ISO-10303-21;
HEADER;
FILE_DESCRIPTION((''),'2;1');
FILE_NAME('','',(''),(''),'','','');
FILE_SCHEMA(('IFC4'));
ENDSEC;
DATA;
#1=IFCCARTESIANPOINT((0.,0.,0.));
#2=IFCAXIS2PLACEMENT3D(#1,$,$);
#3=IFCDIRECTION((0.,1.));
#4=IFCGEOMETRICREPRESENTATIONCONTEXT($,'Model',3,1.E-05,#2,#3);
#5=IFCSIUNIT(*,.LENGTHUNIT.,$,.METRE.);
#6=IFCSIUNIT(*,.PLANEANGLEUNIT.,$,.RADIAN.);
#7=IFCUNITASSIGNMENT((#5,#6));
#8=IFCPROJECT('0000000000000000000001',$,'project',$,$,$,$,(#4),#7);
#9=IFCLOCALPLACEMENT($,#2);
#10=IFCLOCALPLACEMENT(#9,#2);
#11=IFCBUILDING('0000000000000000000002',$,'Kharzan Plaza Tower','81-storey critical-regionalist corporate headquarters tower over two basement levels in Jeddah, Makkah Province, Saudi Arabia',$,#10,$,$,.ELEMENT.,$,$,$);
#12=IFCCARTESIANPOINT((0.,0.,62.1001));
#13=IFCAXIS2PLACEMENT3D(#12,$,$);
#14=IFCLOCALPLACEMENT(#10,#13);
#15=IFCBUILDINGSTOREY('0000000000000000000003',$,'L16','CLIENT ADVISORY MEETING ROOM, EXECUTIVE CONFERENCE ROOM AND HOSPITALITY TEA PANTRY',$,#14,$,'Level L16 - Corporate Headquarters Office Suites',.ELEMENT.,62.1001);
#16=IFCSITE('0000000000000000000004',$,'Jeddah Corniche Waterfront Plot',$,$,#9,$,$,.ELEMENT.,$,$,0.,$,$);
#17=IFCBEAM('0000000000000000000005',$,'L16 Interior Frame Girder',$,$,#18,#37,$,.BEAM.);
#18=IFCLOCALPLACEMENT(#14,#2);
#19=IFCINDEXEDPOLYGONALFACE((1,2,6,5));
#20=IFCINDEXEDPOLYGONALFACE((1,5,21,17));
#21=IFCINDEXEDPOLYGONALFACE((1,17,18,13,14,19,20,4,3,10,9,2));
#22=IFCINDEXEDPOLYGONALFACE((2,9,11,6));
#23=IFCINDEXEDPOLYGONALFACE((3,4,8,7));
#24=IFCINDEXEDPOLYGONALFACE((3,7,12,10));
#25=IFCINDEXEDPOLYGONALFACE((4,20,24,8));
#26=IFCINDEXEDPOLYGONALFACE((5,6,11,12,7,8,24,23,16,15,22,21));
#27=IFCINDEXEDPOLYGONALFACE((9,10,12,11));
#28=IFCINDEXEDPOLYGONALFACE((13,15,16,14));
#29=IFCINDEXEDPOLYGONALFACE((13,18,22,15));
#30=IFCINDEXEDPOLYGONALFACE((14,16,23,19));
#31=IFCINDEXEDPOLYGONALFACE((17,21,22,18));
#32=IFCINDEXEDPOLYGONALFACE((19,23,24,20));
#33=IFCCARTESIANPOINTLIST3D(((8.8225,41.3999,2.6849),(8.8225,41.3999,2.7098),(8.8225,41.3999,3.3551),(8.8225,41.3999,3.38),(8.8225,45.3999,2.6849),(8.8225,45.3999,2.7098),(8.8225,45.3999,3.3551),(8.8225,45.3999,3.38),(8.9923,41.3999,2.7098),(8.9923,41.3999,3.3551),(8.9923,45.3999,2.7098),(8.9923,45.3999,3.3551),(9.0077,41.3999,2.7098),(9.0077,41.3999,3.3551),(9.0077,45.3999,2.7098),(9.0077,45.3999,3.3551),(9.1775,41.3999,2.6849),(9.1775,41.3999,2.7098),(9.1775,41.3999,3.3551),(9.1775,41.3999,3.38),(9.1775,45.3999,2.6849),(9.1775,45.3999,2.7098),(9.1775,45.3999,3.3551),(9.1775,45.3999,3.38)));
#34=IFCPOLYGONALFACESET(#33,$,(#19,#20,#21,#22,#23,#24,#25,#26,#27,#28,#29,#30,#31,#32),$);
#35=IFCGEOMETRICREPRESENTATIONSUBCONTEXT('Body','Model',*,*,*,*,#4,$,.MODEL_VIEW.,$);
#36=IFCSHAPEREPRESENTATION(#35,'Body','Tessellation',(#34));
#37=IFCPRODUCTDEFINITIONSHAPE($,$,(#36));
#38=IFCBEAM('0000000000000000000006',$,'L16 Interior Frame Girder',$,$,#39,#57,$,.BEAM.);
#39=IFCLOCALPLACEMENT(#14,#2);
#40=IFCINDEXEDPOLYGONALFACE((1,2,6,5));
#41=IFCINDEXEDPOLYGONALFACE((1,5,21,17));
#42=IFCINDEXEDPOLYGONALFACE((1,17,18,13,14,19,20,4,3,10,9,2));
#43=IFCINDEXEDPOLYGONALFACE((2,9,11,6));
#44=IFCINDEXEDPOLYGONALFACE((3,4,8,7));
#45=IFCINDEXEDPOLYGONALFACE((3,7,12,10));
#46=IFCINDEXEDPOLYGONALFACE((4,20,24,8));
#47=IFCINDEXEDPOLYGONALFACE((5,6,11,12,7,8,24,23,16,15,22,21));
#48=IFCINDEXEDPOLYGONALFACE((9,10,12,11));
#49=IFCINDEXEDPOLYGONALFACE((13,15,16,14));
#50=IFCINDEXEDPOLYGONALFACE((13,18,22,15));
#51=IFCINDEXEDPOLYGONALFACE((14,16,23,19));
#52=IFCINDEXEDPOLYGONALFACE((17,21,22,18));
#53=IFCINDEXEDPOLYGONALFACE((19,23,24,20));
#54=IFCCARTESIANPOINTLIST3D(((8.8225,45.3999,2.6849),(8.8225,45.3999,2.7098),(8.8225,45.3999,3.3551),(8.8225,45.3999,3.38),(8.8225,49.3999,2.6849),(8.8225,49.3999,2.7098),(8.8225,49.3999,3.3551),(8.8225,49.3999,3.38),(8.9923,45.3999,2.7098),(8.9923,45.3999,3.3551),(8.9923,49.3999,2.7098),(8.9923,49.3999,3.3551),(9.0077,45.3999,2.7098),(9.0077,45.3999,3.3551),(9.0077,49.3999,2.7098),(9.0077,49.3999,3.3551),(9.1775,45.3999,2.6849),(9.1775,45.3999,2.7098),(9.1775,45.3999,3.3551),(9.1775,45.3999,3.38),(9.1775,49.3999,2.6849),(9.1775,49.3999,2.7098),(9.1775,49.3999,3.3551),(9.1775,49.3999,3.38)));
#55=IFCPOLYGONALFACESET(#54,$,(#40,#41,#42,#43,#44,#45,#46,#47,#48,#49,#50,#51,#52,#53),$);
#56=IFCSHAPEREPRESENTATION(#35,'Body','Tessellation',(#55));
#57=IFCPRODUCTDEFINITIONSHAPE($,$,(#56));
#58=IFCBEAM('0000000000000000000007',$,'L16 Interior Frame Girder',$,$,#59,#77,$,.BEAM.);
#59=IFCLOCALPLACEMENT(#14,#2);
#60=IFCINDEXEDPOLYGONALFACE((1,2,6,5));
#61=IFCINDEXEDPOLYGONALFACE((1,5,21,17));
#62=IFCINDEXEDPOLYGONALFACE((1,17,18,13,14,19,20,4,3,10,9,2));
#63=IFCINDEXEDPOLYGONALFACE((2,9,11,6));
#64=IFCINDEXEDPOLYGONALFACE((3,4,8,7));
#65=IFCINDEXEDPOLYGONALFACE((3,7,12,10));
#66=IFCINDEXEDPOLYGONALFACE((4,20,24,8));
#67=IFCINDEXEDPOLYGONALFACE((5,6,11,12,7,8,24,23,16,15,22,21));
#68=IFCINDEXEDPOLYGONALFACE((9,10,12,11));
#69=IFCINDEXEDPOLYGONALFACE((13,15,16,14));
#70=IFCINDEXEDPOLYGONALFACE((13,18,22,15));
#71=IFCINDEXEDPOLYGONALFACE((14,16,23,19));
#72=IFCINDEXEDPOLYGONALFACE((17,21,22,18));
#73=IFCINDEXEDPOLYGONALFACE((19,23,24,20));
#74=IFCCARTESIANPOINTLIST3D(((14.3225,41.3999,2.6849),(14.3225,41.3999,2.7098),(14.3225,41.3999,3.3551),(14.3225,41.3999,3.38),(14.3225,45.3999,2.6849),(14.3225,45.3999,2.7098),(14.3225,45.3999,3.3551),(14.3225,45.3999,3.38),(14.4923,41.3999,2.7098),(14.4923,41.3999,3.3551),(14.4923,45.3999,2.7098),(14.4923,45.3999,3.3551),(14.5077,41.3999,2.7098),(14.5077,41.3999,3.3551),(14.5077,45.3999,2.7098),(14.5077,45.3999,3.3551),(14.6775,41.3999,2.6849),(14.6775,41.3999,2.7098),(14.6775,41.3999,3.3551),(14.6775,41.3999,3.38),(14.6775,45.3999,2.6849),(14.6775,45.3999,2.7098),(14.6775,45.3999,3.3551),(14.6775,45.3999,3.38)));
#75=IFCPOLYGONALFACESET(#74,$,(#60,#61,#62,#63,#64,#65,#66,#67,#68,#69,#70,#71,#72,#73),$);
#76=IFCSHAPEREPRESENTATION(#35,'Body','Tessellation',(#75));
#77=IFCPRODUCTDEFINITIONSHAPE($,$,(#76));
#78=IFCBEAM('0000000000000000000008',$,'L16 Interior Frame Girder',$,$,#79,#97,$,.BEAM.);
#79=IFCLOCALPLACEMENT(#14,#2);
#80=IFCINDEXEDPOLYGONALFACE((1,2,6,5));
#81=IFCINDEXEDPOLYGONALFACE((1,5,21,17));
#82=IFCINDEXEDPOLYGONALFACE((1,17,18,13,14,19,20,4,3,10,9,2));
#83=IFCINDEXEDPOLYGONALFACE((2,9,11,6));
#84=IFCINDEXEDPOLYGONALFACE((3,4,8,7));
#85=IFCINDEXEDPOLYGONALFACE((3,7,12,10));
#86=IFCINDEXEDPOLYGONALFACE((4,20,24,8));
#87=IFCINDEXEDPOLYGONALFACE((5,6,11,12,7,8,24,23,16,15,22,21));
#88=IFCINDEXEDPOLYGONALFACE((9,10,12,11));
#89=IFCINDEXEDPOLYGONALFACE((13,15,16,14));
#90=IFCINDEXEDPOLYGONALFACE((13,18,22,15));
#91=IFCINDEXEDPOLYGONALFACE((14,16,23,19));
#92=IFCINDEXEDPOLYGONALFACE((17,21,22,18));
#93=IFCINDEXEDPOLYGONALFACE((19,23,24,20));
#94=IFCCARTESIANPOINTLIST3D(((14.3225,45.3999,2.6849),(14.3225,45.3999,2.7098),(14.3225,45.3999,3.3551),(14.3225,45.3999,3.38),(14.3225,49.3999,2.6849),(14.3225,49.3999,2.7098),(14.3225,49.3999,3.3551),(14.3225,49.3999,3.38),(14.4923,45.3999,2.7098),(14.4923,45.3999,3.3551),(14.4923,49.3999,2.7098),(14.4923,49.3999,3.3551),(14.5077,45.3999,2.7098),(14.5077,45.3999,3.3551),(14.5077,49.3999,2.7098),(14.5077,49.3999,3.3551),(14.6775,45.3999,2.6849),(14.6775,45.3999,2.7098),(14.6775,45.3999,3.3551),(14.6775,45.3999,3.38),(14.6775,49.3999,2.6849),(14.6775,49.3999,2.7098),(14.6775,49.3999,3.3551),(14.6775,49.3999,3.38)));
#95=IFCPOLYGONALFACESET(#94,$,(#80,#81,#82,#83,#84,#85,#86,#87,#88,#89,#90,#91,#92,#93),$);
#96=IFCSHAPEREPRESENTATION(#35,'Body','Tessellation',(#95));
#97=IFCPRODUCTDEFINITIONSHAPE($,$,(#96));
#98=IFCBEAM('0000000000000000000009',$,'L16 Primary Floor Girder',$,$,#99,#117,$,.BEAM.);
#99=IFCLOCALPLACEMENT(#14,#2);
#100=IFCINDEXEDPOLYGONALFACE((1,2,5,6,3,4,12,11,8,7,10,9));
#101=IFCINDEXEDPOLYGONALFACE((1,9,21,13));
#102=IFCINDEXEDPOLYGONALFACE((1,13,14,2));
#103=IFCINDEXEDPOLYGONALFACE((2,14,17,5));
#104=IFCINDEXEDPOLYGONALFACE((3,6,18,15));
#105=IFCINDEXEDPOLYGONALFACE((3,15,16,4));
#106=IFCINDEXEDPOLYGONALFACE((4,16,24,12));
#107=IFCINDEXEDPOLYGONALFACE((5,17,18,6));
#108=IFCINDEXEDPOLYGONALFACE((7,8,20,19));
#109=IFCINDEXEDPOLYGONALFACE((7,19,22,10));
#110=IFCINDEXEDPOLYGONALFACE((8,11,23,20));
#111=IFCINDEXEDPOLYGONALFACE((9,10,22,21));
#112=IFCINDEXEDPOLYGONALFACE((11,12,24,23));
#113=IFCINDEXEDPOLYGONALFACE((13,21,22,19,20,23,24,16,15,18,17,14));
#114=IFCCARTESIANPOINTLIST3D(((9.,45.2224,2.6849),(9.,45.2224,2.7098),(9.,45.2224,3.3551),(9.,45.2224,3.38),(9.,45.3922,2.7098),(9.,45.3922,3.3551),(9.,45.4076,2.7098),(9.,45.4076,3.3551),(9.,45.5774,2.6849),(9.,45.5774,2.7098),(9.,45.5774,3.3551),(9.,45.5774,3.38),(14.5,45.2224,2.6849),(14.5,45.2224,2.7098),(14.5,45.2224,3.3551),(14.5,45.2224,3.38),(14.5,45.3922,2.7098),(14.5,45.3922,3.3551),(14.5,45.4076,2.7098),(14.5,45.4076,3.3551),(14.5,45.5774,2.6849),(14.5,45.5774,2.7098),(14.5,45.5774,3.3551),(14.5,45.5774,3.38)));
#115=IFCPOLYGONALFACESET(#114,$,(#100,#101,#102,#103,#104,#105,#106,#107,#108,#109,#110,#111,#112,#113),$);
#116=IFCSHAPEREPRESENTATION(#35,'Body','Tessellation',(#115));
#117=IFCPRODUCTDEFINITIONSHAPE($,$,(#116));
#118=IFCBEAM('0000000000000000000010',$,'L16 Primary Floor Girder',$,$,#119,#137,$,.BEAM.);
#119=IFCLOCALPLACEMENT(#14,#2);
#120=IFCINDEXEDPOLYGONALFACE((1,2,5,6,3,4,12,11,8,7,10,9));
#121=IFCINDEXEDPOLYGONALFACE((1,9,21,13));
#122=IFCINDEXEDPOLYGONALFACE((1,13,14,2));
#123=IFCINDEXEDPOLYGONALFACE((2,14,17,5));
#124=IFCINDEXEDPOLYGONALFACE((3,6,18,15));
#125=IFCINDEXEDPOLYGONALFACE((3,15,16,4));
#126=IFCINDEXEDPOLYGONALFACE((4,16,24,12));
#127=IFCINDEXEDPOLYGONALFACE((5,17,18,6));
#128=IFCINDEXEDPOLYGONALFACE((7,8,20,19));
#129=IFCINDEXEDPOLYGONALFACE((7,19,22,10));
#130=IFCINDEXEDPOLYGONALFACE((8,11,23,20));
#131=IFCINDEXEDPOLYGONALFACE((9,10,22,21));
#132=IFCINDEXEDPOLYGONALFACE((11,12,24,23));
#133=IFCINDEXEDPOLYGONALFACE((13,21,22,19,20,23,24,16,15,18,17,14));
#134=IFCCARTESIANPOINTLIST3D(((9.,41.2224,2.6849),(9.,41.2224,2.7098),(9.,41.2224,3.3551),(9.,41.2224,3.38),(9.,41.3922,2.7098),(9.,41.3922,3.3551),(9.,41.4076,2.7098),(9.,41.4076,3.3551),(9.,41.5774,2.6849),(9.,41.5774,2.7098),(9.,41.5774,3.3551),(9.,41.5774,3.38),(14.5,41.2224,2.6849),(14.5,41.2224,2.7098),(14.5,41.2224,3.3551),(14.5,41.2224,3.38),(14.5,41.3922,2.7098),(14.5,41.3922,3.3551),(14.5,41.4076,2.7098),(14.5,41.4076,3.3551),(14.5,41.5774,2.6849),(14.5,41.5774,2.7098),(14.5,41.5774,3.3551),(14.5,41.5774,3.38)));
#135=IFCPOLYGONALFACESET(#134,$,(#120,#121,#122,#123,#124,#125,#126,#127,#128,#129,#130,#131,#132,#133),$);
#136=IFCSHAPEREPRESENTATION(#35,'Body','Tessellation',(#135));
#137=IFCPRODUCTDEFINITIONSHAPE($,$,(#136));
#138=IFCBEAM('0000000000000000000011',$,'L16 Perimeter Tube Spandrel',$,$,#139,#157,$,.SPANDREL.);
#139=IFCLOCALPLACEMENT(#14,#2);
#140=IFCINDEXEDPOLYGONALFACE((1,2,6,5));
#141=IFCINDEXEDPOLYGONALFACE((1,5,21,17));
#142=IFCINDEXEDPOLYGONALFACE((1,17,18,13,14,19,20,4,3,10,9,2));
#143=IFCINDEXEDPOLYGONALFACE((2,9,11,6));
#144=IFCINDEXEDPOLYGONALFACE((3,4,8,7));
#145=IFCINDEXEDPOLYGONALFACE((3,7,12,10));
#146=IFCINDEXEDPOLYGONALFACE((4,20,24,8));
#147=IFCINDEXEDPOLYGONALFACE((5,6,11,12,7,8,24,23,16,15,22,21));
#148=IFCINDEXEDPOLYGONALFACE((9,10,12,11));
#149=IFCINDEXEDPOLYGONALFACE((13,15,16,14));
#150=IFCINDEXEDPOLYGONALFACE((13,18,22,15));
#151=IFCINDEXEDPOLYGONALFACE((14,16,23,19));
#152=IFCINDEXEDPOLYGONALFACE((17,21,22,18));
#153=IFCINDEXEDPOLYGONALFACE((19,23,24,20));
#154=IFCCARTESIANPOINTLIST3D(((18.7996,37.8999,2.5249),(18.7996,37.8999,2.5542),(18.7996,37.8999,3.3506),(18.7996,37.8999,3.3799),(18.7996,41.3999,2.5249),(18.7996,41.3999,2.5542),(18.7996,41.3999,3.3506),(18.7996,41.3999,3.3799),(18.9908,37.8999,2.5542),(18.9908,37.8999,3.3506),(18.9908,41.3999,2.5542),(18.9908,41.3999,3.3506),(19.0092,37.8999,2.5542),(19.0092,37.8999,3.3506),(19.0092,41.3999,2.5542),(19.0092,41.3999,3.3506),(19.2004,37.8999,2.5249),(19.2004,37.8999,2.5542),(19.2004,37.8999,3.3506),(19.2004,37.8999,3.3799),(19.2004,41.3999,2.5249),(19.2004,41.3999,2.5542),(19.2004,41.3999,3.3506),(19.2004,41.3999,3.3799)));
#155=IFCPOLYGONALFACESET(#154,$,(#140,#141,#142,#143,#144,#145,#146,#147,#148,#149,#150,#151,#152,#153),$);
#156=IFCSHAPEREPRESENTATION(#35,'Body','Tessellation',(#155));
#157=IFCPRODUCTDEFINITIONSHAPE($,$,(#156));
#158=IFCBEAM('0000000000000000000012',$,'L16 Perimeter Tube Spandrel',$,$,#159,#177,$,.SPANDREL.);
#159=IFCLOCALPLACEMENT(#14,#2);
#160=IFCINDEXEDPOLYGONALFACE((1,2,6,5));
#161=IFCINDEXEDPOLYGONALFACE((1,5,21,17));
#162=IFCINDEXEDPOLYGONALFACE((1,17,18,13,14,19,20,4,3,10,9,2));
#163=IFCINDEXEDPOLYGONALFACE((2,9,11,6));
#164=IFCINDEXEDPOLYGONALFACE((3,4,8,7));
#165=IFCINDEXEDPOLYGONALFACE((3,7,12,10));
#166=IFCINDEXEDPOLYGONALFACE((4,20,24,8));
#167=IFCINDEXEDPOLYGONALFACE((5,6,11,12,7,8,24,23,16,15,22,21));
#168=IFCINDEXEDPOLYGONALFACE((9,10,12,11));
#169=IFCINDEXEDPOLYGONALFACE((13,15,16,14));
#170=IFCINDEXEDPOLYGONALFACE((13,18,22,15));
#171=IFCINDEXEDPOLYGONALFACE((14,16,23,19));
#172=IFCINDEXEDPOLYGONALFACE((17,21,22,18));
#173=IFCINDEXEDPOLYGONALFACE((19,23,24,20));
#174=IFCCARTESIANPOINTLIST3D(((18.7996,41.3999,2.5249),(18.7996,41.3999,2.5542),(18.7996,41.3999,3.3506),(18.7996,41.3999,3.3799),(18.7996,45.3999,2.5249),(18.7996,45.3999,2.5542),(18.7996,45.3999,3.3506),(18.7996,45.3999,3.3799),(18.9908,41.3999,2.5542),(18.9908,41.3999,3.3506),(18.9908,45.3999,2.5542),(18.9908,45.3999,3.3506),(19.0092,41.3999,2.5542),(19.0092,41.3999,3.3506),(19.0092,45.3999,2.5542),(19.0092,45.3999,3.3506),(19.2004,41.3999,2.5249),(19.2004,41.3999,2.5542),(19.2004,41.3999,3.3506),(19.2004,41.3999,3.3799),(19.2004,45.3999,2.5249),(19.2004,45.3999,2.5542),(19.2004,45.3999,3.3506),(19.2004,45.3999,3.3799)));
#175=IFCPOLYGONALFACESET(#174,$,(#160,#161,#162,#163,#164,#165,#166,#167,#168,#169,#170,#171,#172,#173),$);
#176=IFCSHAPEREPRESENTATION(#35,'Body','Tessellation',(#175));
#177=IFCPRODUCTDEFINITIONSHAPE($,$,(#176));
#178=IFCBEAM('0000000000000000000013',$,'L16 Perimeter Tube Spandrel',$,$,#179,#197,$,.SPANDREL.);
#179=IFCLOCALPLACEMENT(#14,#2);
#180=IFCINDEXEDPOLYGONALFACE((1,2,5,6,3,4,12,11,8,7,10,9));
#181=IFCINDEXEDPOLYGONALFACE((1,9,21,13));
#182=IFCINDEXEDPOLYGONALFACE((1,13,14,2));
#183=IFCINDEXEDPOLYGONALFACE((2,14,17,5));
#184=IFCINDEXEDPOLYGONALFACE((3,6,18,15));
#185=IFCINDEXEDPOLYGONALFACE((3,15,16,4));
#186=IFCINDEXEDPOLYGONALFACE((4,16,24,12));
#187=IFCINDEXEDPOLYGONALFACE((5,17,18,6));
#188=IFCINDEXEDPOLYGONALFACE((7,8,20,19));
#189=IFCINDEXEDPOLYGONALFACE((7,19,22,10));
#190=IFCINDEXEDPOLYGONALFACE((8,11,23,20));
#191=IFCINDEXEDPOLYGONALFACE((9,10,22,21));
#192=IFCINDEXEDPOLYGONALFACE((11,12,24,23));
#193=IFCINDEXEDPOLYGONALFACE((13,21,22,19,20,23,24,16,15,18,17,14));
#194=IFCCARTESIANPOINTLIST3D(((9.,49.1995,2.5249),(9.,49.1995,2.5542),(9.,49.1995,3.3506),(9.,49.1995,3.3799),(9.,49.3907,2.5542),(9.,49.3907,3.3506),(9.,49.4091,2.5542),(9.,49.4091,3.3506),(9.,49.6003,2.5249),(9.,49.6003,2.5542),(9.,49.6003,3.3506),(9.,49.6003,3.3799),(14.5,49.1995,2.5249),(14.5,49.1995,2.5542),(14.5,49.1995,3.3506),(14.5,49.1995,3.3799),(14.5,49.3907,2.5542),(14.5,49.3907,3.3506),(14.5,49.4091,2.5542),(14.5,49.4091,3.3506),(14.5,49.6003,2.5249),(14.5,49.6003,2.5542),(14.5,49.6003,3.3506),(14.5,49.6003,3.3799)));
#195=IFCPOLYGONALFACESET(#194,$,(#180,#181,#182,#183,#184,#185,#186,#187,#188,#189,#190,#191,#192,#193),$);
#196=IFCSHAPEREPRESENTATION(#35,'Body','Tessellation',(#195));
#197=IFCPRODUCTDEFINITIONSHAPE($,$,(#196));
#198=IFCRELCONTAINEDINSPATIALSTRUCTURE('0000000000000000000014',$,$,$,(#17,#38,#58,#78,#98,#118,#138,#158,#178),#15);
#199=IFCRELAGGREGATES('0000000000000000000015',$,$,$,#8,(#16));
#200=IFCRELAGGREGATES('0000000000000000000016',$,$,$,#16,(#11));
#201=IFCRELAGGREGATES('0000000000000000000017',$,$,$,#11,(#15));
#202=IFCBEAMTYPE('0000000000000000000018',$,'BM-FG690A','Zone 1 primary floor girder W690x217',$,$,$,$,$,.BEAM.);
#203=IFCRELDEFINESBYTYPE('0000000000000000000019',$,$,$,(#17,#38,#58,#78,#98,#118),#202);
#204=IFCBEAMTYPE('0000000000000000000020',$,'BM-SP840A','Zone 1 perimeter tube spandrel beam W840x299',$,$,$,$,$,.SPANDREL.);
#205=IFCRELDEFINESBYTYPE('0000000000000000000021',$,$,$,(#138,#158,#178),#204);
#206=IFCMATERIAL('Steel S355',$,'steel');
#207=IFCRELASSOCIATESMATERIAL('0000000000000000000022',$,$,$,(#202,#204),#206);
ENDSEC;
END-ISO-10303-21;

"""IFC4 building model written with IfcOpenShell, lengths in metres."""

from ifc_helpers import new_model, si_unit, direction, frame, origin, origin_2d, place, context, subcontext, project, spatial, i_section, extrude, source, transform, mapped, material, material_profile, profile_set, type_object, element, save


model = new_model("IFC4")

# Units and contexts
model_context = context("Model", 3, precision=1e-05, world=origin(), true_north=direction((0.0, 1.0)))
body_context = subcontext(model_context, "Body", "Model", "MODEL_VIEW")
ifc_project = project(units=[si_unit("LENGTHUNIT", "METRE"), si_unit("PLANEANGLEUNIT", "RADIAN")], contexts=[model_context])

# Site, building, storey
site_placement = place(None, origin())
site = spatial("IfcSite", under=ifc_project, at=site_placement, Name="Jeddah Corniche Waterfront Plot", CompositionType="ELEMENT", RefElevation=0.0)
building_placement = place(site_placement, origin())
building = spatial("IfcBuilding", under=site, at=building_placement, Name="Kharzan Plaza Tower", Description="81-storey critical-regionalist corporate headquarters tower over two basement levels in Jeddah, Makkah Province, Saudi Arabia", CompositionType="ELEMENT")
storey_placement = place(building_placement, frame((0.0, 0.0, 62.1001)))
storey = spatial("IfcBuildingStorey", under=building, at=storey_placement, Name="L16", Description="CLIENT ADVISORY MEETING ROOM, EXECUTIVE CONFERENCE ROOM AND HOSPITALITY TEA PANTRY", LongName="Level L16 - Corporate Headquarters Office Suites", CompositionType="ELEMENT", Elevation=62.1001)

# Beams
ifc_material_1 = material(Name="Steel S355", Category="steel")
ifc_material_profile_1 = material_profile(ifc_material_1, i_section(OverallWidth=0.355, OverallDepth=0.6951, WebThickness=0.0154, FlangeThickness=0.0249, at=origin_2d()), Name="W690x217")
ifc_profile_set_1 = profile_set([ifc_material_profile_1], Name="Steel S355")
beam_type_1 = type_object("IfcBeamType", Name="BM-FG690A", Description="Zone 1 primary floor girder W690x217", PredefinedType="BEAM", material=ifc_profile_set_1)
shared_shape_1 = source(origin(), body_context, "Body", "SweptSolid", [
    extrude(i_section(OverallWidth=0.355, OverallDepth=0.6951, WebThickness=0.0154, FlangeThickness=0.0249, at=origin_2d()), origin(), (0.0, 0.0, 1.0), 4.0),
])
for number, where, z_axis, x_axis, name in (
    (1, (9.0, 41.3999, 3.0325), (0.0, 1.0, 0.0), (-1.0, 0.0, 0.0), "L16 Interior Frame Girder"),
    (2, (9.0, 45.3999, 3.0325), (0.0, 1.0, 0.0), (-1.0, 0.0, 0.0), "L16 Interior Frame Girder"),
    (3, (14.5, 41.3999, 3.0325), (0.0, 1.0, 0.0), (-1.0, 0.0, 0.0), "L16 Interior Frame Girder"),
    (4, (14.5, 45.3999, 3.0325), (0.0, 1.0, 0.0), (-1.0, 0.0, 0.0), "L16 Interior Frame Girder"),
):
    element("IfcBeam", number, at=place(storey_placement, frame(where, z_axis=z_axis, x_axis=x_axis)), inside=storey, type_object=beam_type_1, Name=name, PredefinedType="BEAM", context=body_context, shape_type="MappedRepresentation", body=[
        mapped(shared_shape_1, transform((0.0, 0.0, 0.0), x_axis=(1.0, 0.0, 0.0), y_axis=(0.0, 1.0, 0.0), z_axis=(0.0, 0.0, 1.0))),
    ])
shared_shape_2 = source(origin(), body_context, "Body", "SweptSolid", [
    extrude(i_section(OverallWidth=0.355, OverallDepth=0.6951, WebThickness=0.0154, FlangeThickness=0.0249, at=origin_2d()), origin(), (0.0, 0.0, 1.0), 5.5),
])
for number, where, z_axis, x_axis, name in (
    (5, (9.0, 45.3999, 3.0325), (1.0, 0.0, 0.0), (0.0, 1.0, 0.0), "L16 Primary Floor Girder"),
    (6, (9.0, 41.3999, 3.0325), (1.0, 0.0, 0.0), (0.0, 1.0, 0.0), "L16 Primary Floor Girder"),
):
    element("IfcBeam", number, at=place(storey_placement, frame(where, z_axis=z_axis, x_axis=x_axis)), inside=storey, type_object=beam_type_1, Name=name, PredefinedType="BEAM", context=body_context, shape_type="MappedRepresentation", body=[
        mapped(shared_shape_2, transform((0.0, 0.0, 0.0), x_axis=(1.0, 0.0, 0.0), y_axis=(0.0, 1.0, 0.0), z_axis=(0.0, 0.0, 1.0))),
    ])
ifc_material_profile_2 = material_profile(ifc_material_1, i_section(OverallWidth=0.4009, OverallDepth=0.855, WebThickness=0.0183, FlangeThickness=0.0293, at=origin_2d()), Name="W840x299")
ifc_profile_set_2 = profile_set([ifc_material_profile_2], Name="Steel S355")
beam_type_2 = type_object("IfcBeamType", Name="BM-SP840A", Description="Zone 1 perimeter tube spandrel beam W840x299", PredefinedType="SPANDREL", material=ifc_profile_set_2)
shared_shape_3 = source(origin(), body_context, "Body", "SweptSolid", [
    extrude(i_section(OverallWidth=0.4009, OverallDepth=0.855, WebThickness=0.0183, FlangeThickness=0.0293, at=origin_2d()), origin(), (0.0, 0.0, 1.0), 3.5),
])
beam_1_placement = place(storey_placement, frame((19.0, 37.8999, 2.9524), z_axis=(0.0, 1.0, 0.0), x_axis=(-1.0, 0.0, 0.0)))
element("IfcBeam", 7, at=beam_1_placement, inside=storey, type_object=beam_type_2, Name="L16 Perimeter Tube Spandrel", PredefinedType="SPANDREL", context=body_context, shape_type="MappedRepresentation", body=[
    mapped(shared_shape_3, transform((0.0, 0.0, 0.0), x_axis=(1.0, 0.0, 0.0), y_axis=(0.0, 1.0, 0.0), z_axis=(0.0, 0.0, 1.0))),
])
shared_shape_4 = source(origin(), body_context, "Body", "SweptSolid", [
    extrude(i_section(OverallWidth=0.4009, OverallDepth=0.855, WebThickness=0.0183, FlangeThickness=0.0293, at=origin_2d()), origin(), (0.0, 0.0, 1.0), 4.0),
])
beam_2_placement = place(storey_placement, frame((19.0, 41.3999, 2.9524), z_axis=(0.0, 1.0, 0.0), x_axis=(-1.0, 0.0, 0.0)))
element("IfcBeam", 8, at=beam_2_placement, inside=storey, type_object=beam_type_2, Name="L16 Perimeter Tube Spandrel", PredefinedType="SPANDREL", context=body_context, shape_type="MappedRepresentation", body=[
    mapped(shared_shape_4, transform((0.0, 0.0, 0.0), x_axis=(1.0, 0.0, 0.0), y_axis=(0.0, 1.0, 0.0), z_axis=(0.0, 0.0, 1.0))),
])
shared_shape_5 = source(origin(), body_context, "Body", "SweptSolid", [
    extrude(i_section(OverallWidth=0.4009, OverallDepth=0.855, WebThickness=0.0183, FlangeThickness=0.0293, at=origin_2d()), origin(), (0.0, 0.0, 1.0), 5.5),
])
beam_3_placement = place(storey_placement, frame((9.0, 49.3999, 2.9524), z_axis=(1.0, 0.0, 0.0), x_axis=(0.0, 1.0, 0.0)))
element("IfcBeam", 9, at=beam_3_placement, inside=storey, type_object=beam_type_2, Name="L16 Perimeter Tube Spandrel", PredefinedType="SPANDREL", context=body_context, shape_type="MappedRepresentation", body=[
    mapped(shared_shape_5, transform((0.0, 0.0, 0.0), x_axis=(1.0, 0.0, 0.0), y_axis=(0.0, 1.0, 0.0), z_axis=(0.0, 0.0, 1.0))),
])

save(model, "model.ifc")
